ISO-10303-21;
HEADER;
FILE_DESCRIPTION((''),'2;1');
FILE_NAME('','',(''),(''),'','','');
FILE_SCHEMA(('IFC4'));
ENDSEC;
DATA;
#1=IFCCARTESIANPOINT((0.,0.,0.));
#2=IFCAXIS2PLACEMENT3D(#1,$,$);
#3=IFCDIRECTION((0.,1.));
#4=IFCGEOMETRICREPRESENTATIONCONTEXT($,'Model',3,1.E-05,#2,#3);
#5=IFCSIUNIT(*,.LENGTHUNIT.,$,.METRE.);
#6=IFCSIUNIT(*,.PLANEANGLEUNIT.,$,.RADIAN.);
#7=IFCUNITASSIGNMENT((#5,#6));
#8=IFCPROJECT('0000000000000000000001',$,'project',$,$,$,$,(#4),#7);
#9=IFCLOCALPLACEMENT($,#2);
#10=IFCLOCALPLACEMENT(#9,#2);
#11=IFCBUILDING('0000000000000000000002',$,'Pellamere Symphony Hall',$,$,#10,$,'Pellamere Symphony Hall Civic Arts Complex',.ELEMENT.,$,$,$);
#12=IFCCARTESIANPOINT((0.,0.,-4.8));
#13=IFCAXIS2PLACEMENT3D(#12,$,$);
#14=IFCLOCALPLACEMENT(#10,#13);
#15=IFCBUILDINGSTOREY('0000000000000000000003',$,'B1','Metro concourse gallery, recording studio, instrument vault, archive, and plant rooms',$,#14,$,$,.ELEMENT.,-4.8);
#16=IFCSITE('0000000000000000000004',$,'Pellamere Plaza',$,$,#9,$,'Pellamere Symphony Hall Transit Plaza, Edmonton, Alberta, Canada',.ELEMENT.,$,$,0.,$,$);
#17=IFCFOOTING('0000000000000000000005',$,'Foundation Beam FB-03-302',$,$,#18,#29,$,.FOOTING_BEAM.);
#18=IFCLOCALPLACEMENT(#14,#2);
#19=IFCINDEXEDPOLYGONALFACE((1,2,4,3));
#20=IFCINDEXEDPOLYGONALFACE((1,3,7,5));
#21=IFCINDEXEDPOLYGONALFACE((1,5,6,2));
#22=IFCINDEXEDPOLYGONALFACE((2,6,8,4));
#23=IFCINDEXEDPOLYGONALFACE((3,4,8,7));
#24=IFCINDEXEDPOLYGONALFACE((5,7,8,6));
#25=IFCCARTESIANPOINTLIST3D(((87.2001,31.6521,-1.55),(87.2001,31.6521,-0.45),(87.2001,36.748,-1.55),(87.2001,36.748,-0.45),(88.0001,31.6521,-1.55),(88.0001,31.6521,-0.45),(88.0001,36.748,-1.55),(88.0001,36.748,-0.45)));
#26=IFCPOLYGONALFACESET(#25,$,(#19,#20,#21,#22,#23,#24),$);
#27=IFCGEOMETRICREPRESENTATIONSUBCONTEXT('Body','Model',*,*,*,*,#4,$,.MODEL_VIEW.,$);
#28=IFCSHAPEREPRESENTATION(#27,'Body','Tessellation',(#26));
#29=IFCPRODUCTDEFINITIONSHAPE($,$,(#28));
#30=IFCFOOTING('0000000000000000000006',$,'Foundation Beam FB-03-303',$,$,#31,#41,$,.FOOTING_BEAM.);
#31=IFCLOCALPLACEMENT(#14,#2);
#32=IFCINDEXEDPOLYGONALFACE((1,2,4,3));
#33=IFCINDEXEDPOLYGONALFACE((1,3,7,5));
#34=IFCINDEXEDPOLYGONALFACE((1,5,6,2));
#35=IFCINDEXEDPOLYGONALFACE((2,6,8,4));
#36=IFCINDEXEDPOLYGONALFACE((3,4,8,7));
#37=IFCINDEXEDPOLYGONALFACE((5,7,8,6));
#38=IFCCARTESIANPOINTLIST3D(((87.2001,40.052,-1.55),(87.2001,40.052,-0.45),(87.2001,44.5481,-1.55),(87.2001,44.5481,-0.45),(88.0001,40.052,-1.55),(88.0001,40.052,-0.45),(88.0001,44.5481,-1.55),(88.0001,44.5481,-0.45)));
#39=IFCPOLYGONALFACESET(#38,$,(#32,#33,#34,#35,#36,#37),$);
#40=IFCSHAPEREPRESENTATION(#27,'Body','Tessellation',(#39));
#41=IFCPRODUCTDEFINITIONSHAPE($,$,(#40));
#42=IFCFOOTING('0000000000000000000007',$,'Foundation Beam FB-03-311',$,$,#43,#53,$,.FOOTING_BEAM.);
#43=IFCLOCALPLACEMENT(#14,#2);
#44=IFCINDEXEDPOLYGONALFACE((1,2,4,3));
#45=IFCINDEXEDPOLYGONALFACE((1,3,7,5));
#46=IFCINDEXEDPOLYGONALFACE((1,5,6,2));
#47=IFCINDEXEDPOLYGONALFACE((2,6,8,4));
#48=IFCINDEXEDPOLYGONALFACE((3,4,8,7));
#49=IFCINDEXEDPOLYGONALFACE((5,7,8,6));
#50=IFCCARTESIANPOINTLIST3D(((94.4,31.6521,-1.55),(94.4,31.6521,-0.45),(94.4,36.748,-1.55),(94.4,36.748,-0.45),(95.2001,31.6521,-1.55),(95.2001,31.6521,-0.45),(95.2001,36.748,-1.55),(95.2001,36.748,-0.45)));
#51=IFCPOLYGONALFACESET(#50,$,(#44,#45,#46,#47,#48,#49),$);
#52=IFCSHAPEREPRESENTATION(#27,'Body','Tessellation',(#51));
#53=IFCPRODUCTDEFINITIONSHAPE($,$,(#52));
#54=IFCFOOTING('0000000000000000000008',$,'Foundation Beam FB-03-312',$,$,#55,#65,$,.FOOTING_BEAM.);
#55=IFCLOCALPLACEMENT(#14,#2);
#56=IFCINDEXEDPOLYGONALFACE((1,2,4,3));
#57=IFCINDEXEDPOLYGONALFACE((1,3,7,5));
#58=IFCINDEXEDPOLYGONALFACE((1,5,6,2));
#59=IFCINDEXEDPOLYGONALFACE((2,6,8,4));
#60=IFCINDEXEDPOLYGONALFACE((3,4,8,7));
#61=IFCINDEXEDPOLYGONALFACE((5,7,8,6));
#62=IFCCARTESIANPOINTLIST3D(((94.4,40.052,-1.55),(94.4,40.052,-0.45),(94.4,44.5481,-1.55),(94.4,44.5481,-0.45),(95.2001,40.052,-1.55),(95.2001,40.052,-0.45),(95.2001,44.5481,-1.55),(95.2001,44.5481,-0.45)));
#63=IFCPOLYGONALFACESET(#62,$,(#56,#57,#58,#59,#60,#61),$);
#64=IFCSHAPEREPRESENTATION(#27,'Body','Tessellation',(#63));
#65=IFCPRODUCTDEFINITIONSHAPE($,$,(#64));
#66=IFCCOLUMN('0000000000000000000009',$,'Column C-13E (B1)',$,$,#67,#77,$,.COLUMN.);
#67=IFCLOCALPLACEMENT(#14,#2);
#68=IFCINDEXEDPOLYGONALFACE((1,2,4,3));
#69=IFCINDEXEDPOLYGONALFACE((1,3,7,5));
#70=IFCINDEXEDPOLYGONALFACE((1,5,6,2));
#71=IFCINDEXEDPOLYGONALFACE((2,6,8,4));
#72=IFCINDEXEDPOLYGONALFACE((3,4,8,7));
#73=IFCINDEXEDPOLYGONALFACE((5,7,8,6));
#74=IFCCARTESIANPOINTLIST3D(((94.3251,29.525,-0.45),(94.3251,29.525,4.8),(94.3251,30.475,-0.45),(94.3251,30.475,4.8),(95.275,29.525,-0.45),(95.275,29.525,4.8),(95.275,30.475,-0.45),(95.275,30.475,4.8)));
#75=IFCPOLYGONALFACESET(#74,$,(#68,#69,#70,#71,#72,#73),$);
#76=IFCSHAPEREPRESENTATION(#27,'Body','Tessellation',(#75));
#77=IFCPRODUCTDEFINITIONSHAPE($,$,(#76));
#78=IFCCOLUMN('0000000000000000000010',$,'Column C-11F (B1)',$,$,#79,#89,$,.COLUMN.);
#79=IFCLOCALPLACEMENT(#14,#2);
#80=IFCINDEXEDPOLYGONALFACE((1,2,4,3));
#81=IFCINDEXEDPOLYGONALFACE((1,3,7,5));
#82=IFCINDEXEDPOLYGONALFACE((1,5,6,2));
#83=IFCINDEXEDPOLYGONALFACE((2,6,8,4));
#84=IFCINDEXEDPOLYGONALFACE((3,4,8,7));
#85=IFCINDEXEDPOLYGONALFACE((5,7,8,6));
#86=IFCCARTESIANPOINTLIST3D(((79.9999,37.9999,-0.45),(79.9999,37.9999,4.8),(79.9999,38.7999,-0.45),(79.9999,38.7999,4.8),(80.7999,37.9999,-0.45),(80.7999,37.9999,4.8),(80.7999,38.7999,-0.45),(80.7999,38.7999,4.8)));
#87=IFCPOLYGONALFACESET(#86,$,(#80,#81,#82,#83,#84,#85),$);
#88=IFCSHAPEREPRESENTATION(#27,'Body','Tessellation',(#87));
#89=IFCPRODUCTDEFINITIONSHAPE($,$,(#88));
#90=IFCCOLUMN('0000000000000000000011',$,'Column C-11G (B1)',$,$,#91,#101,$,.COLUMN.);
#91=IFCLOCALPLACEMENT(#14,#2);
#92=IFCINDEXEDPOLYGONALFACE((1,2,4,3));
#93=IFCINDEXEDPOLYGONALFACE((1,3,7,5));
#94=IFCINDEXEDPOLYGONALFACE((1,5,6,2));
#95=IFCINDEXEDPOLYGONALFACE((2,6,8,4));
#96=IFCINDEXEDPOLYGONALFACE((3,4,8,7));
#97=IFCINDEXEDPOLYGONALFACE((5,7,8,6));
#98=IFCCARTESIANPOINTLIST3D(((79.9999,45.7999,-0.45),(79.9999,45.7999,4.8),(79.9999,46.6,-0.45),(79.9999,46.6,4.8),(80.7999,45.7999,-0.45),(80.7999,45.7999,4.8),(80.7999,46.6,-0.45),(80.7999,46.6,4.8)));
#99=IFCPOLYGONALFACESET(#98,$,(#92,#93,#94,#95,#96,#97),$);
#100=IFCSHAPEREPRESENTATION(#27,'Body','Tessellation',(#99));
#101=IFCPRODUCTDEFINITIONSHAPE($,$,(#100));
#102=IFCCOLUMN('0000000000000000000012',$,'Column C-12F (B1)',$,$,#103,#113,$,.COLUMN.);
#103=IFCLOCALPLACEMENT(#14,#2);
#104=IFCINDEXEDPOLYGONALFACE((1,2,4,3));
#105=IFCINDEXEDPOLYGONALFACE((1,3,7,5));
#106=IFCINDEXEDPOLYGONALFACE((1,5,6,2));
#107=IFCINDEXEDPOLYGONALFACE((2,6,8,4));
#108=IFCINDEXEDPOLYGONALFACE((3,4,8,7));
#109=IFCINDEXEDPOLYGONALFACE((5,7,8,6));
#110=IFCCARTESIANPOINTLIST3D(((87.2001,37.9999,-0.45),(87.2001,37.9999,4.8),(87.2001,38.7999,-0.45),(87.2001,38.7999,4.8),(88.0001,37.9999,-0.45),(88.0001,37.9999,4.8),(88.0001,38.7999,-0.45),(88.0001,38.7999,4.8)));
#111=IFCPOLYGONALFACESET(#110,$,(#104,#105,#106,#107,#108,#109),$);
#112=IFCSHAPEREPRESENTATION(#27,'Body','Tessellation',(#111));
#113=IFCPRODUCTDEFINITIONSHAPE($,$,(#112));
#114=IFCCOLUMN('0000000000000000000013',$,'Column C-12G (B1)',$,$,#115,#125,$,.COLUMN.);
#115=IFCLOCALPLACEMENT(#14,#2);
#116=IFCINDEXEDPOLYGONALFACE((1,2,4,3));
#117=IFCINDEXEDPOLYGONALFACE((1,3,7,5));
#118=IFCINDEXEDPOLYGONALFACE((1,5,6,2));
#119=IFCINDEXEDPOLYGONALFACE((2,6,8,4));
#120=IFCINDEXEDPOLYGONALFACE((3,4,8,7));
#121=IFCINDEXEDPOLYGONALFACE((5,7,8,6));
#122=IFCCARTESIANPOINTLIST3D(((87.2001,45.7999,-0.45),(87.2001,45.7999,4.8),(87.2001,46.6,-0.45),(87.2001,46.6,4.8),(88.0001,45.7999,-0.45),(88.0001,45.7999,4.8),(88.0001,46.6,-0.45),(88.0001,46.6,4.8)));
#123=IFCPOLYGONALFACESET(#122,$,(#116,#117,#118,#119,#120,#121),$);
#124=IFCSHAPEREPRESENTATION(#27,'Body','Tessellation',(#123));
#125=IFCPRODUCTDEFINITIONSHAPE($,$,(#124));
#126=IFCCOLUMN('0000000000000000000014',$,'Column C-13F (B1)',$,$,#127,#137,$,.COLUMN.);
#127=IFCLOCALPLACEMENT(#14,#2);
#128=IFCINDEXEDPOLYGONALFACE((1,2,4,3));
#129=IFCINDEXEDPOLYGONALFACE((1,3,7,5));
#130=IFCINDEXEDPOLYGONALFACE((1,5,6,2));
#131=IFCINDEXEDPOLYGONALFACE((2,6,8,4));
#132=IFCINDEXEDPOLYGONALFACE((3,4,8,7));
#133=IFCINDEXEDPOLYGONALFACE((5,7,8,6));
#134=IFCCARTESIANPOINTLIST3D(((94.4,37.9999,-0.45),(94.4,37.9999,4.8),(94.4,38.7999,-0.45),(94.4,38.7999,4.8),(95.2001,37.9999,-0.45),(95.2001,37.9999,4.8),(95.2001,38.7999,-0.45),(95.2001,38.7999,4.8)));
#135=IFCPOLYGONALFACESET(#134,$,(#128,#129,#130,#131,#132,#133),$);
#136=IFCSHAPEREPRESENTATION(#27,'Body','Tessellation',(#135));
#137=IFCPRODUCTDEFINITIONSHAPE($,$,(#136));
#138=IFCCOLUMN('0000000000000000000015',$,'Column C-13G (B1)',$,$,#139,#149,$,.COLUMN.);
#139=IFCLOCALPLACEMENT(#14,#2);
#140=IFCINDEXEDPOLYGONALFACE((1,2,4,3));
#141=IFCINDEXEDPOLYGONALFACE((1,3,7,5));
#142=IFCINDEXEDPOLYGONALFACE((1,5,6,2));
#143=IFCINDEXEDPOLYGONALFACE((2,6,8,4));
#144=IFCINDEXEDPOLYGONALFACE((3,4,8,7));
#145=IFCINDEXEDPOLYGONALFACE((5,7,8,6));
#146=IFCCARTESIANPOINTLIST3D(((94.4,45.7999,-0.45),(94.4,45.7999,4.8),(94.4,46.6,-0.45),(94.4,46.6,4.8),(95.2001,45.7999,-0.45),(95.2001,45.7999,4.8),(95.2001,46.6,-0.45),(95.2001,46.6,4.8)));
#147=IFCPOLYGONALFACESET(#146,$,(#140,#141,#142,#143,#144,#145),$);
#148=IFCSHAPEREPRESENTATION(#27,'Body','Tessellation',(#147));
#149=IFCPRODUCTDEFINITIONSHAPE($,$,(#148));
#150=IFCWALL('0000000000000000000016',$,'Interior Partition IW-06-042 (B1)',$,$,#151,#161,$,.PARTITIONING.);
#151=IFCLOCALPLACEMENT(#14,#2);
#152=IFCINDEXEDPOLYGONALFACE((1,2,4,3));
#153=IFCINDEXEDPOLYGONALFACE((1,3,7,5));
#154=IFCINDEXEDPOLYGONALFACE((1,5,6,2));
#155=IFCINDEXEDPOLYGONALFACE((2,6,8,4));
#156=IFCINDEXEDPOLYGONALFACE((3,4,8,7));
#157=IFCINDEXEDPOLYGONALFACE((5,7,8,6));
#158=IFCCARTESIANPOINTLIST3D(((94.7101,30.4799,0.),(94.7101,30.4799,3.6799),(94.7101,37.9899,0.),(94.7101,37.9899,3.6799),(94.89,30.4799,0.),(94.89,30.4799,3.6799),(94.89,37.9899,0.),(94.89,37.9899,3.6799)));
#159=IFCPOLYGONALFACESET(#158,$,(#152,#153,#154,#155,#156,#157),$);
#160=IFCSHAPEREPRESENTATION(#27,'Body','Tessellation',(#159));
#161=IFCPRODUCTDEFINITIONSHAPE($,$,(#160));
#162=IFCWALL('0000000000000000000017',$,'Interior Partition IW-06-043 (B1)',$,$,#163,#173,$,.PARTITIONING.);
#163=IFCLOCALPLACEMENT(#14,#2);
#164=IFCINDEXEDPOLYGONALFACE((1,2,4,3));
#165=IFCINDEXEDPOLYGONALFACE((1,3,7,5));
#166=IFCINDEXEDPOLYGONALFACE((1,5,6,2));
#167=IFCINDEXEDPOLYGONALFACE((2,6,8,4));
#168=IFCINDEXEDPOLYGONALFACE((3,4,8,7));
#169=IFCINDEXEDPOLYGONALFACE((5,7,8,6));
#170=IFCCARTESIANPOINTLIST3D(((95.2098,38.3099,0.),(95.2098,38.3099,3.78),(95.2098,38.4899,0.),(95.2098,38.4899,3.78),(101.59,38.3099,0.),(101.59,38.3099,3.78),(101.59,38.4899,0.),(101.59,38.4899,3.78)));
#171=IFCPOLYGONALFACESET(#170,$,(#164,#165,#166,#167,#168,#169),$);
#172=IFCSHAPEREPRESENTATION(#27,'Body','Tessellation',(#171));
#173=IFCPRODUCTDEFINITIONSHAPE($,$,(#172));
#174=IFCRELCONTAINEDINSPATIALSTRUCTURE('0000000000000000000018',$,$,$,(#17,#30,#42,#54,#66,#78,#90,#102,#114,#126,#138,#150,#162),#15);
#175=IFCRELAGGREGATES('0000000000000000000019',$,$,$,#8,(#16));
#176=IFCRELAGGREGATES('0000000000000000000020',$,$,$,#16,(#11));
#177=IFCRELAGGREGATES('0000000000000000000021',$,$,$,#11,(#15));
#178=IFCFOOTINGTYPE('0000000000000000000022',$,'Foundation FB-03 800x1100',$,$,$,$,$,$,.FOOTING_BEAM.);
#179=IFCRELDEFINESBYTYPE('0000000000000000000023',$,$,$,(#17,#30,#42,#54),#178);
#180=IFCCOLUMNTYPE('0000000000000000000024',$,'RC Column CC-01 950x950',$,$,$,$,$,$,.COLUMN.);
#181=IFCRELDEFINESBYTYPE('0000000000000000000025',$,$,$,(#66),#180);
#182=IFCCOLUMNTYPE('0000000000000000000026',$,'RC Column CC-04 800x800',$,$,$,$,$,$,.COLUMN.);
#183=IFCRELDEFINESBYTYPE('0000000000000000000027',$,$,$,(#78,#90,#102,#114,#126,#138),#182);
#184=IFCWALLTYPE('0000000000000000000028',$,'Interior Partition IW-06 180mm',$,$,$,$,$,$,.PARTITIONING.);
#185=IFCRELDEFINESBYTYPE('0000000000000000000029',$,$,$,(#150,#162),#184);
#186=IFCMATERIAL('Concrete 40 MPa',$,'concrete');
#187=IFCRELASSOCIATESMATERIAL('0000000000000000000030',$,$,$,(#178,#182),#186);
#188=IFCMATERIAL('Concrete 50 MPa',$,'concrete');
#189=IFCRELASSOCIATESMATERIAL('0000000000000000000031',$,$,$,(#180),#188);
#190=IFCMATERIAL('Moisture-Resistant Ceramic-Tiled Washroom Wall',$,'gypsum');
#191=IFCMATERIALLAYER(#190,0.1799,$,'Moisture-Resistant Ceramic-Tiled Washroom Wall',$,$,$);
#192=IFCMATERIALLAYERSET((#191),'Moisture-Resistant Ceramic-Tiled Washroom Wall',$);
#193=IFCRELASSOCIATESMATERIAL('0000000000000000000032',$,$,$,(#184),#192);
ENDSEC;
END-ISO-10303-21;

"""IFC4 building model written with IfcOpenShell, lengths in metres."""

from ifc_helpers import new_model, si_unit, direction, frame, frame_2d, origin, origin_2d, place, context, subcontext, project, spatial, rectangle, extrude, material, layer, layer_set, material_profile, profile_set, type_object, element, save


model = new_model("IFC4")

# Units and contexts
model_context = context("Model", 3, precision=1e-05, world=origin(), true_north=direction((0.0, 1.0)))
body_context = subcontext(model_context, "Body", "Model", "MODEL_VIEW")
ifc_project = project(units=[si_unit("LENGTHUNIT", "METRE"), si_unit("PLANEANGLEUNIT", "RADIAN")], contexts=[model_context])

# Site, building, storey
site_placement = place(None, origin())
site = spatial("IfcSite", under=ifc_project, at=site_placement, Name="Pellamere Plaza", LongName="Pellamere Symphony Hall Transit Plaza, Edmonton, Alberta, Canada", CompositionType="ELEMENT", RefElevation=0.0)
building_placement = place(site_placement, origin())
building = spatial("IfcBuilding", under=site, at=building_placement, Name="Pellamere Symphony Hall", LongName="Pellamere Symphony Hall Civic Arts Complex", CompositionType="ELEMENT")
storey_placement = place(building_placement, frame((0.0, 0.0, -4.8)))
storey = spatial("IfcBuildingStorey", under=building, at=storey_placement, Name="B1", Description="Metro concourse gallery, recording studio, instrument vault, archive, and plant rooms", CompositionType="ELEMENT", Elevation=-4.8)

# Footings
ifc_material_1 = material(Name="Concrete 40 MPa", Category="concrete")
ifc_material_profile_1 = material_profile(ifc_material_1, rectangle(XDim=0.8, YDim=1.1001, at=origin_2d()), Name="RC 800x1100")
ifc_profile_set_1 = profile_set([ifc_material_profile_1], Name="Concrete 40 MPa")
footing_type_1 = type_object("IfcFootingType", Name="Foundation FB-03 800x1100", PredefinedType="FOOTING_BEAM", material=ifc_profile_set_1)
footing_1_placement = place(storey_placement, frame((87.6001, 31.6521, -1.0), z_axis=(0.0, 1.0, 0.0), x_axis=(-1.0, 0.0, 0.0)))
element("IfcFooting", 1, at=footing_1_placement, inside=storey, type_object=footing_type_1, Name="Foundation Beam FB-03-302", PredefinedType="FOOTING_BEAM", context=body_context, shape_type="SweptSolid", body=[
    extrude(rectangle(XDim=0.8, YDim=1.1001, at=origin_2d()), origin(), (0.0, 0.0, 1.0), 5.0959),
])
footing_2_placement = place(storey_placement, frame((87.6001, 40.052, -1.0), z_axis=(0.0, 1.0, 0.0), x_axis=(-1.0, 0.0, 0.0)))
element("IfcFooting", 2, at=footing_2_placement, inside=storey, type_object=footing_type_1, Name="Foundation Beam FB-03-303", PredefinedType="FOOTING_BEAM", context=body_context, shape_type="SweptSolid", body=[
    extrude(rectangle(XDim=0.8, YDim=1.1001, at=origin_2d()), origin(), (0.0, 0.0, 1.0), 4.4961),
])
footing_3_placement = place(storey_placement, frame((94.8, 31.6521, -1.0), z_axis=(0.0, 1.0, 0.0), x_axis=(-1.0, 0.0, 0.0)))
element("IfcFooting", 3, at=footing_3_placement, inside=storey, type_object=footing_type_1, Name="Foundation Beam FB-03-311", PredefinedType="FOOTING_BEAM", context=body_context, shape_type="SweptSolid", body=[
    extrude(rectangle(XDim=0.8, YDim=1.1001, at=origin_2d()), origin(), (0.0, 0.0, 1.0), 5.0959),
])
footing_4_placement = place(storey_placement, frame((94.8, 40.052, -1.0), z_axis=(0.0, 1.0, 0.0), x_axis=(-1.0, 0.0, 0.0)))
element("IfcFooting", 4, at=footing_4_placement, inside=storey, type_object=footing_type_1, Name="Foundation Beam FB-03-312", PredefinedType="FOOTING_BEAM", context=body_context, shape_type="SweptSolid", body=[
    extrude(rectangle(XDim=0.8, YDim=1.1001, at=origin_2d()), origin(), (0.0, 0.0, 1.0), 4.4961),
])

# Columns
ifc_material_2 = material(Name="Concrete 50 MPa", Category="concrete")
ifc_material_profile_2 = material_profile(ifc_material_2, rectangle(XDim=0.95, YDim=0.95, at=origin_2d()), Name="RC 950x950")
ifc_profile_set_2 = profile_set([ifc_material_profile_2], Name="Concrete 50 MPa")
column_type_1 = type_object("IfcColumnType", Name="RC Column CC-01 950x950", PredefinedType="COLUMN", material=ifc_profile_set_2)
column_placement = place(storey_placement, frame((94.8, 30.0, -0.45), z_axis=(0.0, 0.0, 1.0), x_axis=(1.0, 0.0, 0.0)))
element("IfcColumn", 5, at=column_placement, inside=storey, type_object=column_type_1, Name="Column C-13E (B1)", PredefinedType="COLUMN", context=body_context, shape_type="SweptSolid", body=[
    extrude(rectangle(XDim=0.95, YDim=0.95, at=origin_2d()), origin(), (0.0, 0.0, 1.0), 5.25),
])
ifc_material_profile_3 = material_profile(ifc_material_1, rectangle(XDim=0.8, YDim=0.8, at=origin_2d()), Name="RC 800x800")
ifc_profile_set_3 = profile_set([ifc_material_profile_3], Name="Concrete 40 MPa")
column_type_2 = type_object("IfcColumnType", Name="RC Column CC-04 800x800", PredefinedType="COLUMN", material=ifc_profile_set_3)
for number, where, z_axis, x_axis, name in (
    (6, (80.3999, 38.3999, -0.45), (0.0, 0.0, 1.0), (1.0, 0.0, 0.0), "Column C-11F (B1)"),
    (7, (80.3999, 46.2, -0.45), (0.0, 0.0, 1.0), (1.0, 0.0, 0.0), "Column C-11G (B1)"),
    (8, (87.6001, 38.3999, -0.45), (0.0, 0.0, 1.0), (1.0, 0.0, 0.0), "Column C-12F (B1)"),
    (9, (87.6001, 46.2, -0.45), (0.0, 0.0, 1.0), (1.0, 0.0, 0.0), "Column C-12G (B1)"),
    (10, (94.8, 38.3999, -0.45), (0.0, 0.0, 1.0), (1.0, 0.0, 0.0), "Column C-13F (B1)"),
    (11, (94.8, 46.2, -0.45), (0.0, 0.0, 1.0), (1.0, 0.0, 0.0), "Column C-13G (B1)"),
):
    element("IfcColumn", number, at=place(storey_placement, frame(where, z_axis=z_axis, x_axis=x_axis)), inside=storey, type_object=column_type_2, Name=name, PredefinedType="COLUMN", context=body_context, shape_type="SweptSolid", body=[
        extrude(rectangle(XDim=0.8, YDim=0.8, at=origin_2d()), origin(), (0.0, 0.0, 1.0), 5.25),
    ])

# Walls
ifc_material_3 = material(Name="Moisture-Resistant Ceramic-Tiled Washroom Wall", Category="gypsum")
ifc_layer = layer(ifc_material_3, 0.1799, Name="Moisture-Resistant Ceramic-Tiled Washroom Wall")
ifc_layer_set = layer_set([ifc_layer], Name="Moisture-Resistant Ceramic-Tiled Washroom Wall")
wall_type = type_object("IfcWallType", Name="Interior Partition IW-06 180mm", PredefinedType="PARTITIONING", material=ifc_layer_set)
wall_1_placement = place(storey_placement, frame((94.8, 30.48, 0.0), z_axis=(0.0, 0.0, 1.0), x_axis=(0.0, 1.0, 0.0)))
element("IfcWall", 12, at=wall_1_placement, inside=storey, type_object=wall_type, Name="Interior Partition IW-06-042 (B1)", PredefinedType="PARTITIONING", context=body_context, shape_type="SweptSolid", body=[
    extrude(rectangle(XDim=7.51, YDim=0.1799, at=frame_2d((3.7549, 0.0))), origin(), (0.0, 0.0, 1.0), 3.6799),
])
wall_2_placement = place(storey_placement, frame((95.21, 38.3999, 0.0), z_axis=(0.0, 0.0, 1.0), x_axis=(1.0, 0.0, 0.0)))
element("IfcWall", 13, at=wall_2_placement, inside=storey, type_object=wall_type, Name="Interior Partition IW-06-043 (B1)", PredefinedType="PARTITIONING", context=body_context, shape_type="SweptSolid", body=[
    extrude(rectangle(XDim=6.3801, YDim=0.1799, at=frame_2d((3.1899, 0.0))), origin(), (0.0, 0.0, 1.0), 3.78),
])

save(model, "model.ifc")
